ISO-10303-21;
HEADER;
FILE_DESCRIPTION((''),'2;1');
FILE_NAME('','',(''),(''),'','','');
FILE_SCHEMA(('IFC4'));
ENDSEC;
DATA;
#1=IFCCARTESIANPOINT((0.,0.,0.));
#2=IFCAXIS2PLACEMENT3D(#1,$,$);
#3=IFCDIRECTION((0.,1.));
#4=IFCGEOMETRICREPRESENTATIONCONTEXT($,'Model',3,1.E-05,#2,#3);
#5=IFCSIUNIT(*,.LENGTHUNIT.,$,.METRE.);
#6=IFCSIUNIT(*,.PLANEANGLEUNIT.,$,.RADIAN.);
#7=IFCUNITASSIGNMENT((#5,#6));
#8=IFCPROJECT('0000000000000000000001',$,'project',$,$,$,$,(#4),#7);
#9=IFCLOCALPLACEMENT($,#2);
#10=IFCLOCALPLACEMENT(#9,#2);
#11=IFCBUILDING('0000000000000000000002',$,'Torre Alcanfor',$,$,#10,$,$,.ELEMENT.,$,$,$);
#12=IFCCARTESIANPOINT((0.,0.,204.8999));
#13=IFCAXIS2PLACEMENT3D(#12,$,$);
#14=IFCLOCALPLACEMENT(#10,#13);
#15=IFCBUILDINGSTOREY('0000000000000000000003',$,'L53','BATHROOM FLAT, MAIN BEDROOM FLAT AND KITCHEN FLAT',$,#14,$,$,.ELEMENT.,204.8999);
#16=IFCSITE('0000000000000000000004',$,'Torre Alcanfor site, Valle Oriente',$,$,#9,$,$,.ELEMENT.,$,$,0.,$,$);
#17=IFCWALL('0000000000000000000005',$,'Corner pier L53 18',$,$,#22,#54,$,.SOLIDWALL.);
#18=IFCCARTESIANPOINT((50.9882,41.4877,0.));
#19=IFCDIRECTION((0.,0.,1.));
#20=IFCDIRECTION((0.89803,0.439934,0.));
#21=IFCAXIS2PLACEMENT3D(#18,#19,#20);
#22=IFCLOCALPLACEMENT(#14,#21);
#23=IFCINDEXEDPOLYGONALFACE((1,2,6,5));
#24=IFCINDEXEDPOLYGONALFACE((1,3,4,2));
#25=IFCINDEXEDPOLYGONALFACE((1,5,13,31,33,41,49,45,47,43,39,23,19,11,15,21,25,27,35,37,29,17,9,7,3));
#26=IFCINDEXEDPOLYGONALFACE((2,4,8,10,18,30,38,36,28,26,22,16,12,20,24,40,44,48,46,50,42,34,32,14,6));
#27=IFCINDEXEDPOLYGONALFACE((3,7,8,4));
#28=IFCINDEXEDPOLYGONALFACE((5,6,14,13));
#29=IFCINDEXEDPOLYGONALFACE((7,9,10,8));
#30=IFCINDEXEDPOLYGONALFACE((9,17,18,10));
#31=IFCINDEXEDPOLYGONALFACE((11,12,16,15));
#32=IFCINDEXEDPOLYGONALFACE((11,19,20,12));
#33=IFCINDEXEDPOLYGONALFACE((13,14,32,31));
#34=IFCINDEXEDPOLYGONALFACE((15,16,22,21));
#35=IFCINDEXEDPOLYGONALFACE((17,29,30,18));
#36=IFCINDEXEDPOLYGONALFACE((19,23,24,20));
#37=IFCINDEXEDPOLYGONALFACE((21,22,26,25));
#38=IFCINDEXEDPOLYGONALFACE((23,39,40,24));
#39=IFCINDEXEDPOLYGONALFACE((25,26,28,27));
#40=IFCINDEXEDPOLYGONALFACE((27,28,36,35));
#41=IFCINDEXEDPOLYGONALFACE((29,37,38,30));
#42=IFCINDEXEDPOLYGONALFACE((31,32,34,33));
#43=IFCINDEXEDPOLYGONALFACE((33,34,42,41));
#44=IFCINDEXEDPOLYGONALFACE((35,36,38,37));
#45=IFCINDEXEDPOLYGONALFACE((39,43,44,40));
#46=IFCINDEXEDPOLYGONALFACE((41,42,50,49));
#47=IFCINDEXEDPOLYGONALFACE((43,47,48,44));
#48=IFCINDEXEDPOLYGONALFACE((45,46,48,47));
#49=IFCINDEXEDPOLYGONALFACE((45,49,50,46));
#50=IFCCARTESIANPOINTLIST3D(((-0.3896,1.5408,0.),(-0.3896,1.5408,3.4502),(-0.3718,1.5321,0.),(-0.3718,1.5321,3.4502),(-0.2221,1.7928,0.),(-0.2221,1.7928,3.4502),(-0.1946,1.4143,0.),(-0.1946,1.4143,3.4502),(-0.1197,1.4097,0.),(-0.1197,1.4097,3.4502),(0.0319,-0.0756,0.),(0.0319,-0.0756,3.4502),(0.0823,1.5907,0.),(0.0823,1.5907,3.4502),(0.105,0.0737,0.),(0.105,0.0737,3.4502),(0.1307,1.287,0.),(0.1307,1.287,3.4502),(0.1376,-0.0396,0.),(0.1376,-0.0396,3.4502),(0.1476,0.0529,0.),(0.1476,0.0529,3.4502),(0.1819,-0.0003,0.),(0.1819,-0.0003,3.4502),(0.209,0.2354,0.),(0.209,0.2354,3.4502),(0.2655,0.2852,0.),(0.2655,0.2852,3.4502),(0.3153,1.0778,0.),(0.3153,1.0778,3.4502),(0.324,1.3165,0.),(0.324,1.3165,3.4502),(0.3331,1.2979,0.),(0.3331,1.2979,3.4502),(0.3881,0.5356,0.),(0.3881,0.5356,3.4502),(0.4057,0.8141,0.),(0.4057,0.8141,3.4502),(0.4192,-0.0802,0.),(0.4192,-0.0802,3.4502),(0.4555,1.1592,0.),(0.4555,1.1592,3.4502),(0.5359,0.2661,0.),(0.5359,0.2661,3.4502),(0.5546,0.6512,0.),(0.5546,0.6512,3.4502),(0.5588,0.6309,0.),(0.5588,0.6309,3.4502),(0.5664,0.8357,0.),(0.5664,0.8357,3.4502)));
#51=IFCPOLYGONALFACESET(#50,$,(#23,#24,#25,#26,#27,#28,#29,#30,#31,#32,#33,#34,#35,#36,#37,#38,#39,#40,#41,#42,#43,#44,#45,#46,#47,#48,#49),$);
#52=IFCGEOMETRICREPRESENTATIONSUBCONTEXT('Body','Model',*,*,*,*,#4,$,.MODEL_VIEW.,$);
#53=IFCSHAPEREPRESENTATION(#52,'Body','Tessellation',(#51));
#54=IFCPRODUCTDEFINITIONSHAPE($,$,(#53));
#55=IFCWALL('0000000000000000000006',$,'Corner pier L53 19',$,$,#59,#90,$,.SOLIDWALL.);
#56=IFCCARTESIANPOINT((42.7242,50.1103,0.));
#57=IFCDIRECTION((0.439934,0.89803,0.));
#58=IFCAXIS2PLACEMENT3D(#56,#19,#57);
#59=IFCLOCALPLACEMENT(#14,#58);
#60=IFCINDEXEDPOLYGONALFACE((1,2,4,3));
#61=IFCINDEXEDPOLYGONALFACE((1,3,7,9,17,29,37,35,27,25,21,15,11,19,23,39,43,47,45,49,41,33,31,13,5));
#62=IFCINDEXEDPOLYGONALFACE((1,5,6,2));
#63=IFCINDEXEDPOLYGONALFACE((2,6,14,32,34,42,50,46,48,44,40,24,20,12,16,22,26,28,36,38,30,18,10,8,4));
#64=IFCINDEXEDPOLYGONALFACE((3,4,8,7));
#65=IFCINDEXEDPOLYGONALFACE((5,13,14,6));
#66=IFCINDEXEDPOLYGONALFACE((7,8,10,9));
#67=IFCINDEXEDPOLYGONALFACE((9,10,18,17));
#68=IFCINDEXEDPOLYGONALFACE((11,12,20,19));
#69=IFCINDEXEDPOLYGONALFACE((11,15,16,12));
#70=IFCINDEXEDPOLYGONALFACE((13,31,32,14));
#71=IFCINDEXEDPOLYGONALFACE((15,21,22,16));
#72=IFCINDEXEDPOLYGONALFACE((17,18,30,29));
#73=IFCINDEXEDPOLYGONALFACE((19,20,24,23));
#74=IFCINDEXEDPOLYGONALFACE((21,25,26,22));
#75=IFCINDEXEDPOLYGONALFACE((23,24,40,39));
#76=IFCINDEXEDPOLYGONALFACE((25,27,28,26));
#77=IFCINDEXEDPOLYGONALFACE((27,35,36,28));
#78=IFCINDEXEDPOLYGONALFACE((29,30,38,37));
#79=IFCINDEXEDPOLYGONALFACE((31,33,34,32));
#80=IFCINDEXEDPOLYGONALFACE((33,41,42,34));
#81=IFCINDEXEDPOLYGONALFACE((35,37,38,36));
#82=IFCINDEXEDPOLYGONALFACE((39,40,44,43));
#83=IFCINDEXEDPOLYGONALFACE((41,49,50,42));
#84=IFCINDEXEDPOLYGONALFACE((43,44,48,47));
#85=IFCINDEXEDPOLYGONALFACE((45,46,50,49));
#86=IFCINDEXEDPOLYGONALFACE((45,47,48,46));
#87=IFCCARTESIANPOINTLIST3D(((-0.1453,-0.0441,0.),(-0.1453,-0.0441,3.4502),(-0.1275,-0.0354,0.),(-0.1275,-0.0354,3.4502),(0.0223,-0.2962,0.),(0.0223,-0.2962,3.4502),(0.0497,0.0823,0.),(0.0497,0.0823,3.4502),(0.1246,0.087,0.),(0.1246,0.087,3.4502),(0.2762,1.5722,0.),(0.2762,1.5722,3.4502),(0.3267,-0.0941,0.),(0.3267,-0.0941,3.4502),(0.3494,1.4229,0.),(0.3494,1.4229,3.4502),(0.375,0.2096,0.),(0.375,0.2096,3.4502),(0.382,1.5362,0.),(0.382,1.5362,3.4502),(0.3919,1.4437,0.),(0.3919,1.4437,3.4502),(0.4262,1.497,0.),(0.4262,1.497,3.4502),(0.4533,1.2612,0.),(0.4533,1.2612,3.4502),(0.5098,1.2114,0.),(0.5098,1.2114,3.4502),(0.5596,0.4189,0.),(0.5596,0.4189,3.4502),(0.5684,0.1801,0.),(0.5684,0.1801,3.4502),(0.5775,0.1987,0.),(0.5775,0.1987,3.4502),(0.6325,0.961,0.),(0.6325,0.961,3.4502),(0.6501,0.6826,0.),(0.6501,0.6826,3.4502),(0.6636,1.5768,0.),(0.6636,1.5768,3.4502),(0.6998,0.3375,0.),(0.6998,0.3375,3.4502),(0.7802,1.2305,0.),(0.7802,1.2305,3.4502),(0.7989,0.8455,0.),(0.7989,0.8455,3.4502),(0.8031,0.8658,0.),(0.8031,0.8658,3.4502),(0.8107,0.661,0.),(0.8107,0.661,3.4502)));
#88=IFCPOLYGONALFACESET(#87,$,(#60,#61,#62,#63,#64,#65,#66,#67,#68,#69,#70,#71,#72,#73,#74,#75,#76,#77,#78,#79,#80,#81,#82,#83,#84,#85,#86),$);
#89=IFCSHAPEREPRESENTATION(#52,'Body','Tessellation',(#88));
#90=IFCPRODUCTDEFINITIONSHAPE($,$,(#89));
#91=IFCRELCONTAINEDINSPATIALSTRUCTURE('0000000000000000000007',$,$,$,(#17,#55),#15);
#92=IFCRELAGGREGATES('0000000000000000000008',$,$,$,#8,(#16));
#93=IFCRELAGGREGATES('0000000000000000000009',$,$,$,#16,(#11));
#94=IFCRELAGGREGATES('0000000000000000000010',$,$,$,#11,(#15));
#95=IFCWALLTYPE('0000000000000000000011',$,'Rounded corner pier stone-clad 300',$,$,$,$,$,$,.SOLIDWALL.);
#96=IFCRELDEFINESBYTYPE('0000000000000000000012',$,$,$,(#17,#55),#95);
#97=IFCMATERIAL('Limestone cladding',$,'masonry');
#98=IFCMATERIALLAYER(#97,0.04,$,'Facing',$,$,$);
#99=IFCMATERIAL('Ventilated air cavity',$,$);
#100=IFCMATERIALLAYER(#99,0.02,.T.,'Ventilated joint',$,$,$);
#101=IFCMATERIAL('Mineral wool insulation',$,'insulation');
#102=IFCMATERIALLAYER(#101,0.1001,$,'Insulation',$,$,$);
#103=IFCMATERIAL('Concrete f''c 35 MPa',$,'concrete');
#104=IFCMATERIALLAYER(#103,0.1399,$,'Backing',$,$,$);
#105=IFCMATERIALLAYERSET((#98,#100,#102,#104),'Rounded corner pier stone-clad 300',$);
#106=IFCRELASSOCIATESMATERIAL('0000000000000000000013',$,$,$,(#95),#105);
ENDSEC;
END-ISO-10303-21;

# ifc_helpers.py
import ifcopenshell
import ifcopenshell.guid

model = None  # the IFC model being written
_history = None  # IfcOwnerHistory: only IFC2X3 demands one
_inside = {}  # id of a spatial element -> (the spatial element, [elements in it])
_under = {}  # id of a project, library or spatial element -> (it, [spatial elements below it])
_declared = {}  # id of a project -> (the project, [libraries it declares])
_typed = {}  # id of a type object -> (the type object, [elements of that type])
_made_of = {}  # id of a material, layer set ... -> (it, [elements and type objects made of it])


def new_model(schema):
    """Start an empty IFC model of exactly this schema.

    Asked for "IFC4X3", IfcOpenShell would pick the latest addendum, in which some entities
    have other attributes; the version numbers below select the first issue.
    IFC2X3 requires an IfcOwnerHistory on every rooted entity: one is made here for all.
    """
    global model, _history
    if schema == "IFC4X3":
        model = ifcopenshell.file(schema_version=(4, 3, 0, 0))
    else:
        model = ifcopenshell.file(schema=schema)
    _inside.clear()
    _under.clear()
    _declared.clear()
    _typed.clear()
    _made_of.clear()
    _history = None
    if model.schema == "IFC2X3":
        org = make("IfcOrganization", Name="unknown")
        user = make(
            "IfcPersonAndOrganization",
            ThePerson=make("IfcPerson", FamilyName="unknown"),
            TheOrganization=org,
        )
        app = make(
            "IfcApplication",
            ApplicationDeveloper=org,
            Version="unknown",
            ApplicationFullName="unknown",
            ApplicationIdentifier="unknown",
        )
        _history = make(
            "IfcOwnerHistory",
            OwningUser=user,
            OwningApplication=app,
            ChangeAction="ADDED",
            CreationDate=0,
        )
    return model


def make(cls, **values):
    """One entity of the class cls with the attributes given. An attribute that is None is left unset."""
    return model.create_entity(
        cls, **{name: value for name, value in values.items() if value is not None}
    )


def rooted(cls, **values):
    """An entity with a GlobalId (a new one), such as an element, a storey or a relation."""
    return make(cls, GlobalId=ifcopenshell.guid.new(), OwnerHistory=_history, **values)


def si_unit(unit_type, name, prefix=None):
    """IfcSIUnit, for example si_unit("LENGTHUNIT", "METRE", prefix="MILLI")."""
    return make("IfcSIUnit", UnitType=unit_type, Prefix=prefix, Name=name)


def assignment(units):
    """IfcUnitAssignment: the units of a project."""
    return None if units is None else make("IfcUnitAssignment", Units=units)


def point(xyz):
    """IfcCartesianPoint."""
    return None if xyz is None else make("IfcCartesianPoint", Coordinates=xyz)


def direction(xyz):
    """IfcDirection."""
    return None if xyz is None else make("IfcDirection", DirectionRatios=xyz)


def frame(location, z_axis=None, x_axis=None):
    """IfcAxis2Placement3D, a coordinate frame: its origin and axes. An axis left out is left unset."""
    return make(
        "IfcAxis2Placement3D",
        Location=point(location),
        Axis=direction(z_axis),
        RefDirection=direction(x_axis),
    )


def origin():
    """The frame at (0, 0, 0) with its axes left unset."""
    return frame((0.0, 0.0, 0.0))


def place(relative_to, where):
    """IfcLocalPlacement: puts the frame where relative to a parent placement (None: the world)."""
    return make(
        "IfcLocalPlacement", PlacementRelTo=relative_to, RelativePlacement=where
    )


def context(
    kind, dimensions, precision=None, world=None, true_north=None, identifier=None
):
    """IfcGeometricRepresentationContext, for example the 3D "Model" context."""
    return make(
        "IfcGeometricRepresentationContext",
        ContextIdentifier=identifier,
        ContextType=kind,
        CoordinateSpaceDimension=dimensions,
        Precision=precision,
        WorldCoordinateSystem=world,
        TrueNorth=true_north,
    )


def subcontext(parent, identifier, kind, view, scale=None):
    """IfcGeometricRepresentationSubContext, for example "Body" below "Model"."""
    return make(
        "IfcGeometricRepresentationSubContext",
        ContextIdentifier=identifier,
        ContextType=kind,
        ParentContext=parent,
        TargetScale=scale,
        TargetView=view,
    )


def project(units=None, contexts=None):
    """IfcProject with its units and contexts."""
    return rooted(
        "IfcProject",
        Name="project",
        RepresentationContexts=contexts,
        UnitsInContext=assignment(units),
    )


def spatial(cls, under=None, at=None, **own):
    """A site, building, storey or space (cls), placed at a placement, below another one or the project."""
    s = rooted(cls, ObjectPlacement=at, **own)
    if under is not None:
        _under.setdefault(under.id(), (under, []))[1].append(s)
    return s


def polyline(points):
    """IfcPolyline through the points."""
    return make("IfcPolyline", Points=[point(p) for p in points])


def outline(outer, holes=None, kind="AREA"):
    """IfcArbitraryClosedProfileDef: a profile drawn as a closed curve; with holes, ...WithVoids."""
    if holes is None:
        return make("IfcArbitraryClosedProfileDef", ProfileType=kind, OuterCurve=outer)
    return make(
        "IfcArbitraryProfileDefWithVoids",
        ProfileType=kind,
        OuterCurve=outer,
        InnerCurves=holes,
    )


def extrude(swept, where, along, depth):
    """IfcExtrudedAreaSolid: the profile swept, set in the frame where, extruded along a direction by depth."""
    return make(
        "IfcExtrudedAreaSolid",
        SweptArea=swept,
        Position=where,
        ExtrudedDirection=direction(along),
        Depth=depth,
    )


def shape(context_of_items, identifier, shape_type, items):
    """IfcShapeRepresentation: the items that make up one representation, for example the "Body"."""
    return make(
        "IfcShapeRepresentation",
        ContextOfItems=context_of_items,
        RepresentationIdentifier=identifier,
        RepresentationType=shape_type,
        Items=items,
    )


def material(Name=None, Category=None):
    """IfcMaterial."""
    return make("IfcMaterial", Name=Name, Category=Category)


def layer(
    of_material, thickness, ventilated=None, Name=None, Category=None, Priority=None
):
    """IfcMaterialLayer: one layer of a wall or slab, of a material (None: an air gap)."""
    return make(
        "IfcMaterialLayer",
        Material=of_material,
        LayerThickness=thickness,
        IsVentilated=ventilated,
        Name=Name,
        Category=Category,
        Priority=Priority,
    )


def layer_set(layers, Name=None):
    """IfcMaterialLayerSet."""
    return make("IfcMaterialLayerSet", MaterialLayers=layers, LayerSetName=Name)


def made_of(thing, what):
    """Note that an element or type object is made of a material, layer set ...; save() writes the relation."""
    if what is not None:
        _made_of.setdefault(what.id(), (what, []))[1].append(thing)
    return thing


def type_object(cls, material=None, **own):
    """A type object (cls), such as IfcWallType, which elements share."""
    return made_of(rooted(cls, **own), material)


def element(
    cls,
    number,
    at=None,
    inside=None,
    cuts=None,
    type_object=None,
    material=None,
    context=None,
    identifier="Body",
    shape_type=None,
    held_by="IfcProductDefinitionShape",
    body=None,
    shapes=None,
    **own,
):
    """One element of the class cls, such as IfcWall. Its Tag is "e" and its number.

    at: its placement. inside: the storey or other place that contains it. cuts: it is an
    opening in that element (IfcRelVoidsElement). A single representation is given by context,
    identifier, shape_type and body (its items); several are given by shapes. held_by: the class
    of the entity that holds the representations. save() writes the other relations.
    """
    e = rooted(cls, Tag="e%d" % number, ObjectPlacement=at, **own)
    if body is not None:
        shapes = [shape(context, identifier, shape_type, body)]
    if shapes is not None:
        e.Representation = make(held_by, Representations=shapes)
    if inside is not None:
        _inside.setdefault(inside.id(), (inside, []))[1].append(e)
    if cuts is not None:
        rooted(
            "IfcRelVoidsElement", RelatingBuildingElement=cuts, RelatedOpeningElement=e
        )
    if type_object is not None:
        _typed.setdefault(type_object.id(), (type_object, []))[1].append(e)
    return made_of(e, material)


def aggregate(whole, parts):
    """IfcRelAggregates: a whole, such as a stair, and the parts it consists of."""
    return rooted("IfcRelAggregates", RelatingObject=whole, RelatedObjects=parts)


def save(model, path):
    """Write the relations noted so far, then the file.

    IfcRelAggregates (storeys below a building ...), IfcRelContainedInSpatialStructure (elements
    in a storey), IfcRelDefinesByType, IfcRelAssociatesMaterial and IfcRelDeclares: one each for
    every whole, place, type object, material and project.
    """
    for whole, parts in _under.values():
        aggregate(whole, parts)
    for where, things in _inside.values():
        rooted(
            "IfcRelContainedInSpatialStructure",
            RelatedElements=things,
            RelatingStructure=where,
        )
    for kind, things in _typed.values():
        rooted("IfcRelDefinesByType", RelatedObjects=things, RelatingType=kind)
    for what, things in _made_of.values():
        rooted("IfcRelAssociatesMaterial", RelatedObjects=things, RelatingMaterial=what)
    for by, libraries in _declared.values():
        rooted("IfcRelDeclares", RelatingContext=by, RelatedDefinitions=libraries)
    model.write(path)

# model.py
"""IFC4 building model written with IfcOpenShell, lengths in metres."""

from ifc_helpers import new_model, si_unit, direction, frame, origin, place, context, subcontext, project, spatial, polyline, outline, extrude, material, layer, layer_set, type_object, element, save


model = new_model("IFC4")

# Units and contexts
model_context = context("Model", 3, precision=1e-05, world=origin(), true_north=direction((0.0, 1.0)))
body_context = subcontext(model_context, "Body", "Model", "MODEL_VIEW")
ifc_project = project(units=[si_unit("LENGTHUNIT", "METRE"), si_unit("PLANEANGLEUNIT", "RADIAN")], contexts=[model_context])

# Site, building, storey
site_placement = place(None, origin())
site = spatial("IfcSite", under=ifc_project, at=site_placement, Name="Torre Alcanfor site, Valle Oriente", CompositionType="ELEMENT", RefElevation=0.0)
building_placement = place(site_placement, origin())
building = spatial("IfcBuilding", under=site, at=building_placement, Name="Torre Alcanfor", CompositionType="ELEMENT")
storey_placement = place(building_placement, frame((0.0, 0.0, 204.8999)))
storey = spatial("IfcBuildingStorey", under=building, at=storey_placement, Name="L53", Description="BATHROOM FLAT, MAIN BEDROOM FLAT AND KITCHEN FLAT", CompositionType="ELEMENT", Elevation=204.8999)

# Shared definitions
ifc_material_1 = material(Name="Limestone cladding", Category="masonry")
ifc_material_2 = material(Name="Ventilated air cavity")
ifc_material_3 = material(Name="Mineral wool insulation", Category="insulation")
ifc_material_4 = material(Name="Concrete f'c 35 MPa", Category="concrete")

# Walls
ifc_layer_1 = layer(ifc_material_1, 0.04, Name="Facing")
ifc_layer_2 = layer(ifc_material_2, 0.02, ventilated=True, Name="Ventilated joint")
ifc_layer_3 = layer(ifc_material_3, 0.1001, Name="Insulation")
ifc_layer_4 = layer(ifc_material_4, 0.1399, Name="Backing")
ifc_layer_set_1 = layer_set([ifc_layer_1, ifc_layer_2, ifc_layer_3, ifc_layer_4], Name="Rounded corner pier stone-clad 300")
wall_type_1 = type_object("IfcWallType", Name="Rounded corner pier stone-clad 300", PredefinedType="SOLIDWALL", material=ifc_layer_set_1)
wall_1_placement = place(storey_placement, frame((50.9882, 41.4877, 0.0), z_axis=(0.0, 0.0, 1.0), x_axis=(0.89803, 0.439934, 0.0)))
element("IfcWall", 1, at=wall_1_placement, inside=storey, type_object=wall_type_1, Name="Corner pier L53 18", PredefinedType="SOLIDWALL", context=body_context, shape_type="SweptSolid", body=[
    extrude(outline(polyline([(0.1376, -0.0396), (0.1819, -0.0003), (0.4192, -0.0802), (0.5359, 0.2661), (0.5588, 0.6309), (0.5546, 0.6512), (0.5664, 0.8357), (0.4555, 1.1592), (0.3331, 1.2979), (0.324, 1.3165), (0.0823, 1.5907), (-0.2221, 1.7928), (-0.3896, 1.5408), (-0.3718, 1.5321), (-0.1946, 1.4143), (-0.1197, 1.4097), (0.1307, 1.287), (0.3153, 1.0778), (0.4057, 0.8141), (0.3881, 0.5356), (0.2655, 0.2852), (0.209, 0.2354), (0.1476, 0.0529), (0.105, 0.0737), (0.0319, -0.0756), (0.1376, -0.0396)])), origin(), (0.0, 0.0, 1.0), 3.4502),
])
wall_2_placement = place(storey_placement, frame((42.7242, 50.1103, 0.0), z_axis=(0.0, 0.0, 1.0), x_axis=(0.439934, 0.89803, 0.0)))
element("IfcWall", 2, at=wall_2_placement, inside=storey, type_object=wall_type_1, Name="Corner pier L53 19", PredefinedType="SOLIDWALL", context=body_context, shape_type="SweptSolid", body=[
    extrude(outline(polyline([(-0.1453, -0.0441), (0.0223, -0.2962), (0.3267, -0.0941), (0.5684, 0.1801), (0.5775, 0.1987), (0.6998, 0.3375), (0.8107, 0.661), (0.7989, 0.8455), (0.8031, 0.8658), (0.7802, 1.2305), (0.6636, 1.5768), (0.4262, 1.497), (0.382, 1.5362), (0.2762, 1.5722), (0.3494, 1.4229), (0.3919, 1.4437), (0.4533, 1.2612), (0.5098, 1.2114), (0.6325, 0.961), (0.6501, 0.6826), (0.5596, 0.4189), (0.375, 0.2096), (0.1246, 0.087), (0.0497, 0.0823), (-0.1275, -0.0354), (-0.1453, -0.0441)])), origin(), (0.0, 0.0, 1.0), 3.4502),
])

save(model, "model.ifc")
